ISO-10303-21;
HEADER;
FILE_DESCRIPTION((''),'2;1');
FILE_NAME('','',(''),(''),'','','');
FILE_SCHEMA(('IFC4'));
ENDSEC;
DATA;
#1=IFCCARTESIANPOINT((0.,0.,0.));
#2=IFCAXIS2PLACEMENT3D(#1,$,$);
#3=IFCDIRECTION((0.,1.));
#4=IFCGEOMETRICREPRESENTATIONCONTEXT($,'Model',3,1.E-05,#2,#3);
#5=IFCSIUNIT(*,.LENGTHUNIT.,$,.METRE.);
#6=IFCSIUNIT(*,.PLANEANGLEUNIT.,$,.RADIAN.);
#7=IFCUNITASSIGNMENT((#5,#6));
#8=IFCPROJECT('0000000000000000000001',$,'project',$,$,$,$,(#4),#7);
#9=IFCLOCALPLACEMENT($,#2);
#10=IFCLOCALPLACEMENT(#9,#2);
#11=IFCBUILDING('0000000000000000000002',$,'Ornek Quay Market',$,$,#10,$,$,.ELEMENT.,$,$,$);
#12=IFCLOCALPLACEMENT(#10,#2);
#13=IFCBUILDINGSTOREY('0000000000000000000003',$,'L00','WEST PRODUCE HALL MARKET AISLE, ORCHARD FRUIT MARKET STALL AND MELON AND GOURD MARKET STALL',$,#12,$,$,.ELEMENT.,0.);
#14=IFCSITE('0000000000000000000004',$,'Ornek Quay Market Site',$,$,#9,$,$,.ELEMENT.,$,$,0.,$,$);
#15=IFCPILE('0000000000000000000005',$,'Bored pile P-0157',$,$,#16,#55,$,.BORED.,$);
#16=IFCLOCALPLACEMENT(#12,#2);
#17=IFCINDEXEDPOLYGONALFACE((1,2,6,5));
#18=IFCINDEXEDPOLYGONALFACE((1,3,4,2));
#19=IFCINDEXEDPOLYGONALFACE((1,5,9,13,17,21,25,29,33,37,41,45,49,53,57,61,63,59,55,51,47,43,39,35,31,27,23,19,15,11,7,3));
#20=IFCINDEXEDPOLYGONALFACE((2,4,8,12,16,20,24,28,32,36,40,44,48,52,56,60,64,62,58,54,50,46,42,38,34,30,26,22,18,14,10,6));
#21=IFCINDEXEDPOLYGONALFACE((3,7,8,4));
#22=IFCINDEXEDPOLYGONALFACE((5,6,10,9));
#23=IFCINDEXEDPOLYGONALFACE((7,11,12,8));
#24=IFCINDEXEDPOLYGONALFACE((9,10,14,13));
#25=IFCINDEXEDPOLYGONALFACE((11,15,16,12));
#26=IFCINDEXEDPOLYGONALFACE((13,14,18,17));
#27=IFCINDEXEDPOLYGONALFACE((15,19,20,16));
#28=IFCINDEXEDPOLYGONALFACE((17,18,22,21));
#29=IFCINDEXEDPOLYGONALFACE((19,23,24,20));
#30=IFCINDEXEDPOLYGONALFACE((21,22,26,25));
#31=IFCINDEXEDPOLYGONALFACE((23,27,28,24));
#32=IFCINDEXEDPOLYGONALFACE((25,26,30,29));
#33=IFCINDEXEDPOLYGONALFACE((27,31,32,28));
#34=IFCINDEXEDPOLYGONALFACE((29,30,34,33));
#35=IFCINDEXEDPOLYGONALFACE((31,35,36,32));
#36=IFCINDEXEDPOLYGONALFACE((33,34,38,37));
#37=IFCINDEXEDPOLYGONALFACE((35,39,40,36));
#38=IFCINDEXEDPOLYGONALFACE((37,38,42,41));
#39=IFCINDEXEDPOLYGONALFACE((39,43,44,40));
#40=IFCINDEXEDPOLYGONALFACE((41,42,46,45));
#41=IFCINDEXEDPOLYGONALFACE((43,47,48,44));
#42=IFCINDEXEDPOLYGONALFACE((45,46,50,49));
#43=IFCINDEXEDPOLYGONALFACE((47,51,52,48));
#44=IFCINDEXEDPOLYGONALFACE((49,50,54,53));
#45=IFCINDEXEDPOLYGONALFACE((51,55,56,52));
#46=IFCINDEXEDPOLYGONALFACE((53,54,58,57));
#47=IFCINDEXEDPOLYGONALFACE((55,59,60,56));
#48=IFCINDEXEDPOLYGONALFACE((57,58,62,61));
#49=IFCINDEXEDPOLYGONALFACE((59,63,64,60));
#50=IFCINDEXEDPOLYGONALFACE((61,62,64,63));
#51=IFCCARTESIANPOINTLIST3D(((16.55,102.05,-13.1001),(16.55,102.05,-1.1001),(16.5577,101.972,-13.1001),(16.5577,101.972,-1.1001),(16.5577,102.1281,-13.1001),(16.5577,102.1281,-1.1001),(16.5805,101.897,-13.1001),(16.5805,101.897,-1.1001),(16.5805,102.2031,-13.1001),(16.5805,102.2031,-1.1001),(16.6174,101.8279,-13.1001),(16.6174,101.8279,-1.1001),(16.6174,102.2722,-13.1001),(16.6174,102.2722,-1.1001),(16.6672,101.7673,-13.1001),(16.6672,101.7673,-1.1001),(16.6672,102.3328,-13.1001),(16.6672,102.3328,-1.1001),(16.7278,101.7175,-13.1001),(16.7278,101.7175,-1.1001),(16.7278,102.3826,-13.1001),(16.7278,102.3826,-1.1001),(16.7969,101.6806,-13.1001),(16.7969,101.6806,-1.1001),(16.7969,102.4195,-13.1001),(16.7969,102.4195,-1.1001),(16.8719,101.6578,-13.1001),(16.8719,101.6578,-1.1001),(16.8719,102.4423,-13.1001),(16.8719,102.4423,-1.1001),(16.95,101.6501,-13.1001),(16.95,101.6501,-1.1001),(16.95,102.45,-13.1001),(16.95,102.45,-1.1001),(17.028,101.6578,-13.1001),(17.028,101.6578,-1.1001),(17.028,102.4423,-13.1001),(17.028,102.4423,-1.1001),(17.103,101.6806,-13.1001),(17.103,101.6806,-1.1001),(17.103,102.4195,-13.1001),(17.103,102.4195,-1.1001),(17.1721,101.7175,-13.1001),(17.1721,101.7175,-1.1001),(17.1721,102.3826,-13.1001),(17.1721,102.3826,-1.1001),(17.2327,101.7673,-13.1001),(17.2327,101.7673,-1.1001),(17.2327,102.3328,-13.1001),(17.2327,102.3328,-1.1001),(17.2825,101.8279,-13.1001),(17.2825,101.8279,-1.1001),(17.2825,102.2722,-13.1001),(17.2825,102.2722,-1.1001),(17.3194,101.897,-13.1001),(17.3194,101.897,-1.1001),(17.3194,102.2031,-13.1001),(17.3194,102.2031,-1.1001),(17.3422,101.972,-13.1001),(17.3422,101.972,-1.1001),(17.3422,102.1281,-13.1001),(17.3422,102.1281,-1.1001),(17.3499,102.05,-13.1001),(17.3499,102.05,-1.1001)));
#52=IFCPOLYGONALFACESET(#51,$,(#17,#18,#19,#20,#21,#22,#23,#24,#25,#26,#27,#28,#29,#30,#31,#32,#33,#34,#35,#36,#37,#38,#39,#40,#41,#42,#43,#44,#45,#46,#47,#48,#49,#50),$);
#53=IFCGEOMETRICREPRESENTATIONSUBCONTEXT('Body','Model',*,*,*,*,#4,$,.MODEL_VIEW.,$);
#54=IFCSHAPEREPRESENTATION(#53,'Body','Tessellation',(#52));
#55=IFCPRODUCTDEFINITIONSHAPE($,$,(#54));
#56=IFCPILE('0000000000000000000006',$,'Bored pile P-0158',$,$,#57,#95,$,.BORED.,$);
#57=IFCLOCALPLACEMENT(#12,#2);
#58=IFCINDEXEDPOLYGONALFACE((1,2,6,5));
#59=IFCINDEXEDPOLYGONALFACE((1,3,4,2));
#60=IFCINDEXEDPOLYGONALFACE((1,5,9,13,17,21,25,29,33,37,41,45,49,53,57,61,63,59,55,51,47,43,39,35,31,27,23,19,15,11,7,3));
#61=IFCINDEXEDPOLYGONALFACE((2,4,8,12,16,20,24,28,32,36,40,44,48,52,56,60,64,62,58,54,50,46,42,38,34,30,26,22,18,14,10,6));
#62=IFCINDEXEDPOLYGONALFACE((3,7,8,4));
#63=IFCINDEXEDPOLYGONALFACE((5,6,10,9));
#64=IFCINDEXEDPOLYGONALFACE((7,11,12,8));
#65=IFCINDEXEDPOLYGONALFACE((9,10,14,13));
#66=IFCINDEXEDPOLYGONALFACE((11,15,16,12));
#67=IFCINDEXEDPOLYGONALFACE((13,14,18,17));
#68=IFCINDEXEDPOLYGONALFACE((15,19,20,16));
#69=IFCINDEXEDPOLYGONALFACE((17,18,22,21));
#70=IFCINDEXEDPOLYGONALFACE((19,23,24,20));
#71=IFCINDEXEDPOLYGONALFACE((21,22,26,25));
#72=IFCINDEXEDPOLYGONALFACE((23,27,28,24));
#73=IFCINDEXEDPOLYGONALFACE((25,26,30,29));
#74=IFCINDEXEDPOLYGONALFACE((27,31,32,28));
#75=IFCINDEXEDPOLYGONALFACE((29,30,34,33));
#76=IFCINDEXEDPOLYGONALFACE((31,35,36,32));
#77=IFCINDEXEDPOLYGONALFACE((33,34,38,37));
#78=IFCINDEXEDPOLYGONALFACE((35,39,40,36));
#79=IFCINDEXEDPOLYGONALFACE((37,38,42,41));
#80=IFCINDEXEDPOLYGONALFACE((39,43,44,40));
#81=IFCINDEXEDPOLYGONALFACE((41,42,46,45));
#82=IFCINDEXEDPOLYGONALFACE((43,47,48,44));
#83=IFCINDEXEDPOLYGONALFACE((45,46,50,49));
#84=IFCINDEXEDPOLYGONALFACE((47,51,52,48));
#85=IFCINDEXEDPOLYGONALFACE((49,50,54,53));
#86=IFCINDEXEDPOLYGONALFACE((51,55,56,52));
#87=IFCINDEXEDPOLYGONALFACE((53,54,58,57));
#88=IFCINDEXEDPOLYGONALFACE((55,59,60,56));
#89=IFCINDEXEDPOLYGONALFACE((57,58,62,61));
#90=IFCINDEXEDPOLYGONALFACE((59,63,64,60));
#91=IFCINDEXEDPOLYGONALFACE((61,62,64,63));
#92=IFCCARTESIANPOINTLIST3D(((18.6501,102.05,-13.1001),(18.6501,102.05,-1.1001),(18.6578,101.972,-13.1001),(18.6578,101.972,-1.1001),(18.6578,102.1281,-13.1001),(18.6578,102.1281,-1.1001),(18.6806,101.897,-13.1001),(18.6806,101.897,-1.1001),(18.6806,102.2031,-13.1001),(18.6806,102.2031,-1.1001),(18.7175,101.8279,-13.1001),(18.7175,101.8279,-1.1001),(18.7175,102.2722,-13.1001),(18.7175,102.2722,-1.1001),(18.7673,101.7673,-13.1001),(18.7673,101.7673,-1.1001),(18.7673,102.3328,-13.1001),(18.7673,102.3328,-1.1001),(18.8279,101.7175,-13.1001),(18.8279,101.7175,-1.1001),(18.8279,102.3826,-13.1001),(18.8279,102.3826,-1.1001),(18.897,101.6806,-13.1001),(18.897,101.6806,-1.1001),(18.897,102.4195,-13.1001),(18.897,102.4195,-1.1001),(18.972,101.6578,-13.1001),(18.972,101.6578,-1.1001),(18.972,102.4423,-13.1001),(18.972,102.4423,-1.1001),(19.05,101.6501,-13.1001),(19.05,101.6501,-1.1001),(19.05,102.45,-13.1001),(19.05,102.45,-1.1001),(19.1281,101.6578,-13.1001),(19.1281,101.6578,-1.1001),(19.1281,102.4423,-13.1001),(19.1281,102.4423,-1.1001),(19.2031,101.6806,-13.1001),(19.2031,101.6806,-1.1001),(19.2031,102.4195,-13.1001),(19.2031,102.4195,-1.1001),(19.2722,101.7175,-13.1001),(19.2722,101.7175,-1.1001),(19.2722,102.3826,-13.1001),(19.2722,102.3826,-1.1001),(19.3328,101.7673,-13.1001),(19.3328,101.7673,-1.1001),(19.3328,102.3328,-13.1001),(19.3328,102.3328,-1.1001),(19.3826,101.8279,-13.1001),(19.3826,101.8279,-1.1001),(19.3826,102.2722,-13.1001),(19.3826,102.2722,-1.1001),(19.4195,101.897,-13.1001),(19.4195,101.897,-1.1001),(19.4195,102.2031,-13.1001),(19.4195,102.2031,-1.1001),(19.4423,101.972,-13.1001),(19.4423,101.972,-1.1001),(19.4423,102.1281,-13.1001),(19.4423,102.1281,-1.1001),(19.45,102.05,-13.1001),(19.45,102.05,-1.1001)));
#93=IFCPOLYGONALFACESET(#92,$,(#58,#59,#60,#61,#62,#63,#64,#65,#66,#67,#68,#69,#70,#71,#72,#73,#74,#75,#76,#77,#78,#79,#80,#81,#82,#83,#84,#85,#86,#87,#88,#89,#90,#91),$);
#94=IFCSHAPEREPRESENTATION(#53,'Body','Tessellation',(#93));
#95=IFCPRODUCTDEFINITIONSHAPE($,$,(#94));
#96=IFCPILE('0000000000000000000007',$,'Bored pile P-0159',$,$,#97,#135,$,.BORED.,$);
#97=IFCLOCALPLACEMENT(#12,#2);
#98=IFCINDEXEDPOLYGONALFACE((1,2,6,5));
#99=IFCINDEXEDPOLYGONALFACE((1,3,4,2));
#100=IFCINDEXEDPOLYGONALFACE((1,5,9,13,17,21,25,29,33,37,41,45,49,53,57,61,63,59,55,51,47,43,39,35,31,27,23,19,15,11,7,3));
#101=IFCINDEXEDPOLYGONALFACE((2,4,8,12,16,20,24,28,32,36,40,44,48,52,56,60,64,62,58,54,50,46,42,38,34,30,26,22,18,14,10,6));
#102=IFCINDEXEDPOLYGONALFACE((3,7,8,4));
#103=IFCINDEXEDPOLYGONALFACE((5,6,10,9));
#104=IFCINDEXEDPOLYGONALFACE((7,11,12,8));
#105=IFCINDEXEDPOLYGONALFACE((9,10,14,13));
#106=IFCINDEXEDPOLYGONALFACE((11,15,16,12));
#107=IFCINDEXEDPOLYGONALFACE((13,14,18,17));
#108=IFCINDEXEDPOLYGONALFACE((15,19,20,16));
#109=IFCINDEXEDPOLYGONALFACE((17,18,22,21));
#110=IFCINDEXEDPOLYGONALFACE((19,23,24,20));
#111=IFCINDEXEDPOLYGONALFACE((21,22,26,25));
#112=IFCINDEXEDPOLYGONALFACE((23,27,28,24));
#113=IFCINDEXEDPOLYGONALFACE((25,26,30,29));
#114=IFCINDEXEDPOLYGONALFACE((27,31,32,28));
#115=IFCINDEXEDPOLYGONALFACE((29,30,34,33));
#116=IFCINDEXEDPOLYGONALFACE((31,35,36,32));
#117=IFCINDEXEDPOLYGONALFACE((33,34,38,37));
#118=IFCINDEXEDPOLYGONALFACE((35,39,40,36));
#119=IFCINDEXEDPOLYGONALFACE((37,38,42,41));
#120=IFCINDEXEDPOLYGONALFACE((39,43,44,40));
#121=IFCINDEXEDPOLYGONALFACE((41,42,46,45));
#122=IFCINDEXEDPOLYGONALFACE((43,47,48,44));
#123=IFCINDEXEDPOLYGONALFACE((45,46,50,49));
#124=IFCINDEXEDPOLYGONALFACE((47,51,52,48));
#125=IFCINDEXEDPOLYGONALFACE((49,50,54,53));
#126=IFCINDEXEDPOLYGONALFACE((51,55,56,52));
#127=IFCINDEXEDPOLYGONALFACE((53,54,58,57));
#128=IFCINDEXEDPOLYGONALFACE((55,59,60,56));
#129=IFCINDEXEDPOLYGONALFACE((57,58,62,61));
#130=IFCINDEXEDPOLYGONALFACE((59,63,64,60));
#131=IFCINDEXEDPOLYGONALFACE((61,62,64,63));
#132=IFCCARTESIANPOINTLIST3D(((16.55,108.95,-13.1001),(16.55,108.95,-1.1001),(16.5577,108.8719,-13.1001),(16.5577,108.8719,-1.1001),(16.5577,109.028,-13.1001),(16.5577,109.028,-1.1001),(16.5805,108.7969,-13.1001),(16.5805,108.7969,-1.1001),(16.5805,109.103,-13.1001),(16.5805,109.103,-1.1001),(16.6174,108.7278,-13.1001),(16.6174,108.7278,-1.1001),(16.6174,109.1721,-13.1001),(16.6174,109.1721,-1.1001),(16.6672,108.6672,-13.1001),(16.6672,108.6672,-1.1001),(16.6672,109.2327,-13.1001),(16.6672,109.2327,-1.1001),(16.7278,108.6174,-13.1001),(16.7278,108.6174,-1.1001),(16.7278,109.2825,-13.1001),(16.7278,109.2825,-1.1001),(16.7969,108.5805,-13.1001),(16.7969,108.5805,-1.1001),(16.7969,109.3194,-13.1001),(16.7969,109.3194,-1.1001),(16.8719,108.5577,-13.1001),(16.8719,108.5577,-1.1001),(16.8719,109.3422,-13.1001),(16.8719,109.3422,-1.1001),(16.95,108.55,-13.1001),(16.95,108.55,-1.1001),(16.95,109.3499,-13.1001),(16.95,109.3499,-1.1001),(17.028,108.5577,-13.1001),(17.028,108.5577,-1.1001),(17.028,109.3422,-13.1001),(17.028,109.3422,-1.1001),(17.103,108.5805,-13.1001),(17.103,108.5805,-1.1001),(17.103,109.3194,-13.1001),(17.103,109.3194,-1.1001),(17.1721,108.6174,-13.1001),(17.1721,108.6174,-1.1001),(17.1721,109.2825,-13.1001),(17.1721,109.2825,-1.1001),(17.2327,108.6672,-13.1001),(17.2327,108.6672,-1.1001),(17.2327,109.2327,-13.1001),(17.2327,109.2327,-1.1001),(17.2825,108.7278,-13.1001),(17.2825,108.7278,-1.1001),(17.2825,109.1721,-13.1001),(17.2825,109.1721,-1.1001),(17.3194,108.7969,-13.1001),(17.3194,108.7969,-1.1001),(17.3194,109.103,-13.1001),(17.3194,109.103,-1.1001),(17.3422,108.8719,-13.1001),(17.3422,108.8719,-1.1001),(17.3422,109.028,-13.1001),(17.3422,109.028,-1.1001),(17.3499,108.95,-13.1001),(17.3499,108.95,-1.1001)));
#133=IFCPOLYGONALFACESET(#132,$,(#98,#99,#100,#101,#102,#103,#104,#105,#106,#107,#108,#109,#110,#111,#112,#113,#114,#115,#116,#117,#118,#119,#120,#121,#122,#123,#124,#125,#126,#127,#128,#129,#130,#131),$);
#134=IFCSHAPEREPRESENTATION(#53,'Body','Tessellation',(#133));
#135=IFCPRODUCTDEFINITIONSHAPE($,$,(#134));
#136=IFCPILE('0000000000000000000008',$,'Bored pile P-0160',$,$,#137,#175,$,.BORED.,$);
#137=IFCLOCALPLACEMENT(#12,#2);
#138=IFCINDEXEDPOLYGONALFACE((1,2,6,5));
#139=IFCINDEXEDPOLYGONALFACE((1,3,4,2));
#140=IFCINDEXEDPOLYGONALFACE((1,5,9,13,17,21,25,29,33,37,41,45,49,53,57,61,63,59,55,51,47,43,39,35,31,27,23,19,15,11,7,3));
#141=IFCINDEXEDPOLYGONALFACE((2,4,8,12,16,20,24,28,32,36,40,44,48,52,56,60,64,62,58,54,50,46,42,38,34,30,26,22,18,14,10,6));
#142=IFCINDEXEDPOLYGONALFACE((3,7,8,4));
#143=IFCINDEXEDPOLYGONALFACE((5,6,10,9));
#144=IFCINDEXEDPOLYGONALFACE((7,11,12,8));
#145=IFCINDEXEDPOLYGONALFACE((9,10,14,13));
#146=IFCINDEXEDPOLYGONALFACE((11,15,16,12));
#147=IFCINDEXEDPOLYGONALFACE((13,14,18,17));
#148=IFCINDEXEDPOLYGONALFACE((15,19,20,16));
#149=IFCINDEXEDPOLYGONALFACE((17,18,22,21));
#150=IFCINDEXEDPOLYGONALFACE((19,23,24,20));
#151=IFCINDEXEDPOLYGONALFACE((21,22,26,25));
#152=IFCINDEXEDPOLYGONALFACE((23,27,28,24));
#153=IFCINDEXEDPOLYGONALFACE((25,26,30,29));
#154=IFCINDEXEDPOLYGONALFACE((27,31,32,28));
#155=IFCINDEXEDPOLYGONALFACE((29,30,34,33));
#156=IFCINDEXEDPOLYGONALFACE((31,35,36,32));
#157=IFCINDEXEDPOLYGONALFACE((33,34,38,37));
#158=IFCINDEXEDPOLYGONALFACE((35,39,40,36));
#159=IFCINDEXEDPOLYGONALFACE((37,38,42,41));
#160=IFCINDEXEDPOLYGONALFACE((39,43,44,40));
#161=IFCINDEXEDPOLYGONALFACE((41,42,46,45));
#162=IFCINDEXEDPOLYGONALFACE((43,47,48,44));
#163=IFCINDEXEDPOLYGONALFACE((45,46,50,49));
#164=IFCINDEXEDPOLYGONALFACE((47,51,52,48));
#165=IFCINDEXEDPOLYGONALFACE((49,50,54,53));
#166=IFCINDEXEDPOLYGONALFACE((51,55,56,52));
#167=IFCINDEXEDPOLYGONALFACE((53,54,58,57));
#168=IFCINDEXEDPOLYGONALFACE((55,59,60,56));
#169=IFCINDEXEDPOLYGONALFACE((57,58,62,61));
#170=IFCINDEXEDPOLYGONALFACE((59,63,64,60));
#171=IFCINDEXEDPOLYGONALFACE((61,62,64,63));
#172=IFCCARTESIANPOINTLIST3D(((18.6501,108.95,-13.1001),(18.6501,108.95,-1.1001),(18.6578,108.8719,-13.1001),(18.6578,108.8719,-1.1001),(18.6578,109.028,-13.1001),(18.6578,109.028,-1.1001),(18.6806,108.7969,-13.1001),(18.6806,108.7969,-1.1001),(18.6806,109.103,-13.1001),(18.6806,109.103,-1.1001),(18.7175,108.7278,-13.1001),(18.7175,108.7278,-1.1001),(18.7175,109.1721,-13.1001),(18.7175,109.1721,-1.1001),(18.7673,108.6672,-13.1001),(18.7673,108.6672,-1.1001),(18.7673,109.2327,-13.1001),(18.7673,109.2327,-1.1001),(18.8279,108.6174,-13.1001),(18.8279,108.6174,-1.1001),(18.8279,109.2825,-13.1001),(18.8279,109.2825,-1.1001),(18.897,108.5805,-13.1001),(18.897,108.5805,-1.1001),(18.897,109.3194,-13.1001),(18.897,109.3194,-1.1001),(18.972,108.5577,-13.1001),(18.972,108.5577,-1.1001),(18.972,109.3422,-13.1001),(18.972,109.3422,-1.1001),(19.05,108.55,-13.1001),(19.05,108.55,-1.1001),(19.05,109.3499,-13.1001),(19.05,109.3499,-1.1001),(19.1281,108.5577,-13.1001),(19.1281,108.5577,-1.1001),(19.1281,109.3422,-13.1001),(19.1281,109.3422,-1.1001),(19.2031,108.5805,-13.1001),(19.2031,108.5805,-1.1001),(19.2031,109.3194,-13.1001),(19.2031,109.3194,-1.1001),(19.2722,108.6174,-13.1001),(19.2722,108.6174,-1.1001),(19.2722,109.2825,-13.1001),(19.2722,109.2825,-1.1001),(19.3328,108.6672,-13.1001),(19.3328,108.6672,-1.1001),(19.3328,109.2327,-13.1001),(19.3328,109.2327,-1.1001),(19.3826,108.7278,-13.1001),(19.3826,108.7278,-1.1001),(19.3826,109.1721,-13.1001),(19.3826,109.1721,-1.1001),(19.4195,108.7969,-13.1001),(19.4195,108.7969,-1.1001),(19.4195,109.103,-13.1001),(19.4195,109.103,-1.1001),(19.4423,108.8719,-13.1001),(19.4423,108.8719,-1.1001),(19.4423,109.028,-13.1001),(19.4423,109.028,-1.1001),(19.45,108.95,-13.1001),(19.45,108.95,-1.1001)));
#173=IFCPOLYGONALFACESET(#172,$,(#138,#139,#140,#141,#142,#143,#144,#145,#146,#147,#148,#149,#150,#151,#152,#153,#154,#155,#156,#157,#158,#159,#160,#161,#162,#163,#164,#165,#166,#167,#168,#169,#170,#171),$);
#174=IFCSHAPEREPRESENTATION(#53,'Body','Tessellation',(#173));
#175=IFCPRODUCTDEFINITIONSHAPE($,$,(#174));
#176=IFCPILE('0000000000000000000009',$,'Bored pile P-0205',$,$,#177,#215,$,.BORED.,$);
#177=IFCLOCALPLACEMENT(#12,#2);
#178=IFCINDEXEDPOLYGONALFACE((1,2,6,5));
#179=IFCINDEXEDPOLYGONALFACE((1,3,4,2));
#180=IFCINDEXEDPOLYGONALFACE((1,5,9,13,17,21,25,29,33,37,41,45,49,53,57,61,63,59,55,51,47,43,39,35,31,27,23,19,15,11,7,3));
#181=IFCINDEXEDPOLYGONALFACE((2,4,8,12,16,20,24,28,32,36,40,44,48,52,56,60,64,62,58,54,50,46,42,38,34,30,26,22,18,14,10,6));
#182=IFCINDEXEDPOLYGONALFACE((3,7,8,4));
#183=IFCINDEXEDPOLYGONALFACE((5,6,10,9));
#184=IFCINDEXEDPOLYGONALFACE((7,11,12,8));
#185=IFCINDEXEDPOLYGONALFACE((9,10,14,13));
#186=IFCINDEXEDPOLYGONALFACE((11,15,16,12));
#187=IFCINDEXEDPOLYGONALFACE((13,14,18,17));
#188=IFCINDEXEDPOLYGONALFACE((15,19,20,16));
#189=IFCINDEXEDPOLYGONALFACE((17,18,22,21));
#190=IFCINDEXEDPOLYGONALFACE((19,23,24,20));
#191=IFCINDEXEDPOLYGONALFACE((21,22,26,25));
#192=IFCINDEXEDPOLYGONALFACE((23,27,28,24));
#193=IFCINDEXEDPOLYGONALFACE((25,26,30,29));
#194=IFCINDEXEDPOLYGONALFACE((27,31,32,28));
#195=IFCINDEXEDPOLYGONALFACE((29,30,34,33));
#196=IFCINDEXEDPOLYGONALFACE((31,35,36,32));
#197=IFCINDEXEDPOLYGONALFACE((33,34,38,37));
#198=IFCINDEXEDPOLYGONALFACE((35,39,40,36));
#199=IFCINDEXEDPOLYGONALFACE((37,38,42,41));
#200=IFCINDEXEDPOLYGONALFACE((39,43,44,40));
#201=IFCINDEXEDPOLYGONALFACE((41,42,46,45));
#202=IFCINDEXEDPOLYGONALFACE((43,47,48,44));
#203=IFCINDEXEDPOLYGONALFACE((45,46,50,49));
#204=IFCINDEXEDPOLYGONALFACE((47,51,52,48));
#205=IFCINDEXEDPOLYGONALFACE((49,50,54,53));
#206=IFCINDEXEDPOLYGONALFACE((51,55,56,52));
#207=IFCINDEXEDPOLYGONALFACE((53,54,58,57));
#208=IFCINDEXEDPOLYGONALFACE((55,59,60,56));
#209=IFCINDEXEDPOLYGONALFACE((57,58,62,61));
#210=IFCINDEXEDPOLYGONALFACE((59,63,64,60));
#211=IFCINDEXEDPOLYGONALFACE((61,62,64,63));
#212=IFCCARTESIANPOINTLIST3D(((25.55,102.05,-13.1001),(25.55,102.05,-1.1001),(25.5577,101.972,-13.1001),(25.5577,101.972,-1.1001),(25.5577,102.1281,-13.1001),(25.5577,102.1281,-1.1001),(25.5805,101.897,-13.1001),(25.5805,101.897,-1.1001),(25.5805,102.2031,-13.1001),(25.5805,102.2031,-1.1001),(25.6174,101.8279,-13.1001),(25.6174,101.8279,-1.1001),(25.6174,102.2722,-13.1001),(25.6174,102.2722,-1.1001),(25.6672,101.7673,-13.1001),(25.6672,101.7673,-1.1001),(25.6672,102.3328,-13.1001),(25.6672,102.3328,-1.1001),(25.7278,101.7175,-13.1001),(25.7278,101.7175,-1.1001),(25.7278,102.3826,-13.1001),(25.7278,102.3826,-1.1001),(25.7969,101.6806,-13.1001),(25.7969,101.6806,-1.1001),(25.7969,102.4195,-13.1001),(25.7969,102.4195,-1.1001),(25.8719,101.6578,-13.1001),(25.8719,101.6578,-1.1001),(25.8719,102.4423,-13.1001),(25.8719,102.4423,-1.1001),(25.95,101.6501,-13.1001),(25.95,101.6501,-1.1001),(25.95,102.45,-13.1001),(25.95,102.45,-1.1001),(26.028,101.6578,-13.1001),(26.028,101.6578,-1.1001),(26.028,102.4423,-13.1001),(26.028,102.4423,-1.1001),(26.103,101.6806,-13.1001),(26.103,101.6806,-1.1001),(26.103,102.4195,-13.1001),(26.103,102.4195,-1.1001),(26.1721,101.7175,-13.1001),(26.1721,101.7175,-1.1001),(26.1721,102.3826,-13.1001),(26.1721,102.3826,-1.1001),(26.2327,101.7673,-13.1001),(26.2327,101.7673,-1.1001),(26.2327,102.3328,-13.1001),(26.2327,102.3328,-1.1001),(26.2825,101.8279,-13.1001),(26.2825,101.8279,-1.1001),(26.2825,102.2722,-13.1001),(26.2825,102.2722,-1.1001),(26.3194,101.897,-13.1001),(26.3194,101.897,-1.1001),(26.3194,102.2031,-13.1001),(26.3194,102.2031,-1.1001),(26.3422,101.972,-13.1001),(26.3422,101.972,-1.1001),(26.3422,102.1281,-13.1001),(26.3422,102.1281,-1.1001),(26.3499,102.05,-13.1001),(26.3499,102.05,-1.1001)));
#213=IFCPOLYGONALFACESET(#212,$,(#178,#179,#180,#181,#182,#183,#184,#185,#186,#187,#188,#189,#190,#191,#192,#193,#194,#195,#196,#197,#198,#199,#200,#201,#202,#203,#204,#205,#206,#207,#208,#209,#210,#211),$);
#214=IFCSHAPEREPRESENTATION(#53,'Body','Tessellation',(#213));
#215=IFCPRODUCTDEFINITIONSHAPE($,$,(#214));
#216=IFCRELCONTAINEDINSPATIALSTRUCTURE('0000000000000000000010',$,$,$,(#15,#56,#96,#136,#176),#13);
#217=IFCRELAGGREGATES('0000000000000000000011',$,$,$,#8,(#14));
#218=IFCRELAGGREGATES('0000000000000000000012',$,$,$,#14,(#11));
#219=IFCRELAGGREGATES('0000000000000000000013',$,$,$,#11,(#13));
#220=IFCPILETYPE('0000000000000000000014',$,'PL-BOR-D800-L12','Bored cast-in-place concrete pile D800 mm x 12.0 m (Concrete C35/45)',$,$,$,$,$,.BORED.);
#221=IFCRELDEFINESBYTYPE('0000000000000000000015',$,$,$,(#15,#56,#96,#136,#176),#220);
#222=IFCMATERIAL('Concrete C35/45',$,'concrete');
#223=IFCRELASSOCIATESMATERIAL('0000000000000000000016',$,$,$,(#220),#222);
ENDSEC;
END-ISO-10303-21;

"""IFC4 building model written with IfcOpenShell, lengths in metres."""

from ifc_helpers import new_model, si_unit, direction, frame, origin, origin_2d, place, context, subcontext, project, spatial, circle, extrude, material, material_profile, profile_set, type_object, element, save


model = new_model("IFC4")

# Units and contexts
model_context = context("Model", 3, precision=1e-05, world=origin(), true_north=direction((0.0, 1.0)))
body_context = subcontext(model_context, "Body", "Model", "MODEL_VIEW")
ifc_project = project(units=[si_unit("LENGTHUNIT", "METRE"), si_unit("PLANEANGLEUNIT", "RADIAN")], contexts=[model_context])

# Site, building, storey
site_placement = place(None, origin())
site = spatial("IfcSite", under=ifc_project, at=site_placement, Name="Ornek Quay Market Site", CompositionType="ELEMENT", RefElevation=0.0)
building_placement = place(site_placement, origin())
building = spatial("IfcBuilding", under=site, at=building_placement, Name="Ornek Quay Market", CompositionType="ELEMENT")
storey_placement = place(building_placement, origin())
storey = spatial("IfcBuildingStorey", under=building, at=storey_placement, Name="L00", Description="WEST PRODUCE HALL MARKET AISLE, ORCHARD FRUIT MARKET STALL AND MELON AND GOURD MARKET STALL", CompositionType="ELEMENT", Elevation=0.0)

# Piles
ifc_material_1 = material(Name="Concrete C35/45", Category="concrete")
ifc_material_profile_1 = material_profile(ifc_material_1, circle(Radius=0.3999, at=origin_2d()), Name="PILE D800", Category="concrete")
ifc_profile_set_1 = profile_set([ifc_material_profile_1], Name="Concrete C35/45")
pile_type = type_object("IfcPileType", Name="PL-BOR-D800-L12", Description="Bored cast-in-place concrete pile D800 mm x 12.0 m (Concrete C35/45)", PredefinedType="BORED", material=ifc_profile_set_1)
for number, where, z_axis, x_axis, name in (
    (1, (16.95, 102.05, -1.1001), (0.0, 0.0, -1.0), (1.0, 0.0, 0.0), "Bored pile P-0157"),
    (2, (19.05, 102.05, -1.1001), (0.0, 0.0, -1.0), (1.0, 0.0, 0.0), "Bored pile P-0158"),
    (3, (16.95, 108.95, -1.1001), (0.0, 0.0, -1.0), (1.0, 0.0, 0.0), "Bored pile P-0159"),
    (4, (19.05, 108.95, -1.1001), (0.0, 0.0, -1.0), (1.0, 0.0, 0.0), "Bored pile P-0160"),
    (5, (25.95, 102.05, -1.1001), (0.0, 0.0, -1.0), (1.0, 0.0, 0.0), "Bored pile P-0205"),
):
    element("IfcPile", number, at=place(storey_placement, frame(where, z_axis=z_axis, x_axis=x_axis)), inside=storey, type_object=pile_type, Name=name, PredefinedType="BORED", context=body_context, shape_type="SweptSolid", body=[
        extrude(circle(Radius=0.3999, at=origin_2d()), origin(), (0.0, 0.0, 1.0), 12.0),
    ])

save(model, "model.ifc")
